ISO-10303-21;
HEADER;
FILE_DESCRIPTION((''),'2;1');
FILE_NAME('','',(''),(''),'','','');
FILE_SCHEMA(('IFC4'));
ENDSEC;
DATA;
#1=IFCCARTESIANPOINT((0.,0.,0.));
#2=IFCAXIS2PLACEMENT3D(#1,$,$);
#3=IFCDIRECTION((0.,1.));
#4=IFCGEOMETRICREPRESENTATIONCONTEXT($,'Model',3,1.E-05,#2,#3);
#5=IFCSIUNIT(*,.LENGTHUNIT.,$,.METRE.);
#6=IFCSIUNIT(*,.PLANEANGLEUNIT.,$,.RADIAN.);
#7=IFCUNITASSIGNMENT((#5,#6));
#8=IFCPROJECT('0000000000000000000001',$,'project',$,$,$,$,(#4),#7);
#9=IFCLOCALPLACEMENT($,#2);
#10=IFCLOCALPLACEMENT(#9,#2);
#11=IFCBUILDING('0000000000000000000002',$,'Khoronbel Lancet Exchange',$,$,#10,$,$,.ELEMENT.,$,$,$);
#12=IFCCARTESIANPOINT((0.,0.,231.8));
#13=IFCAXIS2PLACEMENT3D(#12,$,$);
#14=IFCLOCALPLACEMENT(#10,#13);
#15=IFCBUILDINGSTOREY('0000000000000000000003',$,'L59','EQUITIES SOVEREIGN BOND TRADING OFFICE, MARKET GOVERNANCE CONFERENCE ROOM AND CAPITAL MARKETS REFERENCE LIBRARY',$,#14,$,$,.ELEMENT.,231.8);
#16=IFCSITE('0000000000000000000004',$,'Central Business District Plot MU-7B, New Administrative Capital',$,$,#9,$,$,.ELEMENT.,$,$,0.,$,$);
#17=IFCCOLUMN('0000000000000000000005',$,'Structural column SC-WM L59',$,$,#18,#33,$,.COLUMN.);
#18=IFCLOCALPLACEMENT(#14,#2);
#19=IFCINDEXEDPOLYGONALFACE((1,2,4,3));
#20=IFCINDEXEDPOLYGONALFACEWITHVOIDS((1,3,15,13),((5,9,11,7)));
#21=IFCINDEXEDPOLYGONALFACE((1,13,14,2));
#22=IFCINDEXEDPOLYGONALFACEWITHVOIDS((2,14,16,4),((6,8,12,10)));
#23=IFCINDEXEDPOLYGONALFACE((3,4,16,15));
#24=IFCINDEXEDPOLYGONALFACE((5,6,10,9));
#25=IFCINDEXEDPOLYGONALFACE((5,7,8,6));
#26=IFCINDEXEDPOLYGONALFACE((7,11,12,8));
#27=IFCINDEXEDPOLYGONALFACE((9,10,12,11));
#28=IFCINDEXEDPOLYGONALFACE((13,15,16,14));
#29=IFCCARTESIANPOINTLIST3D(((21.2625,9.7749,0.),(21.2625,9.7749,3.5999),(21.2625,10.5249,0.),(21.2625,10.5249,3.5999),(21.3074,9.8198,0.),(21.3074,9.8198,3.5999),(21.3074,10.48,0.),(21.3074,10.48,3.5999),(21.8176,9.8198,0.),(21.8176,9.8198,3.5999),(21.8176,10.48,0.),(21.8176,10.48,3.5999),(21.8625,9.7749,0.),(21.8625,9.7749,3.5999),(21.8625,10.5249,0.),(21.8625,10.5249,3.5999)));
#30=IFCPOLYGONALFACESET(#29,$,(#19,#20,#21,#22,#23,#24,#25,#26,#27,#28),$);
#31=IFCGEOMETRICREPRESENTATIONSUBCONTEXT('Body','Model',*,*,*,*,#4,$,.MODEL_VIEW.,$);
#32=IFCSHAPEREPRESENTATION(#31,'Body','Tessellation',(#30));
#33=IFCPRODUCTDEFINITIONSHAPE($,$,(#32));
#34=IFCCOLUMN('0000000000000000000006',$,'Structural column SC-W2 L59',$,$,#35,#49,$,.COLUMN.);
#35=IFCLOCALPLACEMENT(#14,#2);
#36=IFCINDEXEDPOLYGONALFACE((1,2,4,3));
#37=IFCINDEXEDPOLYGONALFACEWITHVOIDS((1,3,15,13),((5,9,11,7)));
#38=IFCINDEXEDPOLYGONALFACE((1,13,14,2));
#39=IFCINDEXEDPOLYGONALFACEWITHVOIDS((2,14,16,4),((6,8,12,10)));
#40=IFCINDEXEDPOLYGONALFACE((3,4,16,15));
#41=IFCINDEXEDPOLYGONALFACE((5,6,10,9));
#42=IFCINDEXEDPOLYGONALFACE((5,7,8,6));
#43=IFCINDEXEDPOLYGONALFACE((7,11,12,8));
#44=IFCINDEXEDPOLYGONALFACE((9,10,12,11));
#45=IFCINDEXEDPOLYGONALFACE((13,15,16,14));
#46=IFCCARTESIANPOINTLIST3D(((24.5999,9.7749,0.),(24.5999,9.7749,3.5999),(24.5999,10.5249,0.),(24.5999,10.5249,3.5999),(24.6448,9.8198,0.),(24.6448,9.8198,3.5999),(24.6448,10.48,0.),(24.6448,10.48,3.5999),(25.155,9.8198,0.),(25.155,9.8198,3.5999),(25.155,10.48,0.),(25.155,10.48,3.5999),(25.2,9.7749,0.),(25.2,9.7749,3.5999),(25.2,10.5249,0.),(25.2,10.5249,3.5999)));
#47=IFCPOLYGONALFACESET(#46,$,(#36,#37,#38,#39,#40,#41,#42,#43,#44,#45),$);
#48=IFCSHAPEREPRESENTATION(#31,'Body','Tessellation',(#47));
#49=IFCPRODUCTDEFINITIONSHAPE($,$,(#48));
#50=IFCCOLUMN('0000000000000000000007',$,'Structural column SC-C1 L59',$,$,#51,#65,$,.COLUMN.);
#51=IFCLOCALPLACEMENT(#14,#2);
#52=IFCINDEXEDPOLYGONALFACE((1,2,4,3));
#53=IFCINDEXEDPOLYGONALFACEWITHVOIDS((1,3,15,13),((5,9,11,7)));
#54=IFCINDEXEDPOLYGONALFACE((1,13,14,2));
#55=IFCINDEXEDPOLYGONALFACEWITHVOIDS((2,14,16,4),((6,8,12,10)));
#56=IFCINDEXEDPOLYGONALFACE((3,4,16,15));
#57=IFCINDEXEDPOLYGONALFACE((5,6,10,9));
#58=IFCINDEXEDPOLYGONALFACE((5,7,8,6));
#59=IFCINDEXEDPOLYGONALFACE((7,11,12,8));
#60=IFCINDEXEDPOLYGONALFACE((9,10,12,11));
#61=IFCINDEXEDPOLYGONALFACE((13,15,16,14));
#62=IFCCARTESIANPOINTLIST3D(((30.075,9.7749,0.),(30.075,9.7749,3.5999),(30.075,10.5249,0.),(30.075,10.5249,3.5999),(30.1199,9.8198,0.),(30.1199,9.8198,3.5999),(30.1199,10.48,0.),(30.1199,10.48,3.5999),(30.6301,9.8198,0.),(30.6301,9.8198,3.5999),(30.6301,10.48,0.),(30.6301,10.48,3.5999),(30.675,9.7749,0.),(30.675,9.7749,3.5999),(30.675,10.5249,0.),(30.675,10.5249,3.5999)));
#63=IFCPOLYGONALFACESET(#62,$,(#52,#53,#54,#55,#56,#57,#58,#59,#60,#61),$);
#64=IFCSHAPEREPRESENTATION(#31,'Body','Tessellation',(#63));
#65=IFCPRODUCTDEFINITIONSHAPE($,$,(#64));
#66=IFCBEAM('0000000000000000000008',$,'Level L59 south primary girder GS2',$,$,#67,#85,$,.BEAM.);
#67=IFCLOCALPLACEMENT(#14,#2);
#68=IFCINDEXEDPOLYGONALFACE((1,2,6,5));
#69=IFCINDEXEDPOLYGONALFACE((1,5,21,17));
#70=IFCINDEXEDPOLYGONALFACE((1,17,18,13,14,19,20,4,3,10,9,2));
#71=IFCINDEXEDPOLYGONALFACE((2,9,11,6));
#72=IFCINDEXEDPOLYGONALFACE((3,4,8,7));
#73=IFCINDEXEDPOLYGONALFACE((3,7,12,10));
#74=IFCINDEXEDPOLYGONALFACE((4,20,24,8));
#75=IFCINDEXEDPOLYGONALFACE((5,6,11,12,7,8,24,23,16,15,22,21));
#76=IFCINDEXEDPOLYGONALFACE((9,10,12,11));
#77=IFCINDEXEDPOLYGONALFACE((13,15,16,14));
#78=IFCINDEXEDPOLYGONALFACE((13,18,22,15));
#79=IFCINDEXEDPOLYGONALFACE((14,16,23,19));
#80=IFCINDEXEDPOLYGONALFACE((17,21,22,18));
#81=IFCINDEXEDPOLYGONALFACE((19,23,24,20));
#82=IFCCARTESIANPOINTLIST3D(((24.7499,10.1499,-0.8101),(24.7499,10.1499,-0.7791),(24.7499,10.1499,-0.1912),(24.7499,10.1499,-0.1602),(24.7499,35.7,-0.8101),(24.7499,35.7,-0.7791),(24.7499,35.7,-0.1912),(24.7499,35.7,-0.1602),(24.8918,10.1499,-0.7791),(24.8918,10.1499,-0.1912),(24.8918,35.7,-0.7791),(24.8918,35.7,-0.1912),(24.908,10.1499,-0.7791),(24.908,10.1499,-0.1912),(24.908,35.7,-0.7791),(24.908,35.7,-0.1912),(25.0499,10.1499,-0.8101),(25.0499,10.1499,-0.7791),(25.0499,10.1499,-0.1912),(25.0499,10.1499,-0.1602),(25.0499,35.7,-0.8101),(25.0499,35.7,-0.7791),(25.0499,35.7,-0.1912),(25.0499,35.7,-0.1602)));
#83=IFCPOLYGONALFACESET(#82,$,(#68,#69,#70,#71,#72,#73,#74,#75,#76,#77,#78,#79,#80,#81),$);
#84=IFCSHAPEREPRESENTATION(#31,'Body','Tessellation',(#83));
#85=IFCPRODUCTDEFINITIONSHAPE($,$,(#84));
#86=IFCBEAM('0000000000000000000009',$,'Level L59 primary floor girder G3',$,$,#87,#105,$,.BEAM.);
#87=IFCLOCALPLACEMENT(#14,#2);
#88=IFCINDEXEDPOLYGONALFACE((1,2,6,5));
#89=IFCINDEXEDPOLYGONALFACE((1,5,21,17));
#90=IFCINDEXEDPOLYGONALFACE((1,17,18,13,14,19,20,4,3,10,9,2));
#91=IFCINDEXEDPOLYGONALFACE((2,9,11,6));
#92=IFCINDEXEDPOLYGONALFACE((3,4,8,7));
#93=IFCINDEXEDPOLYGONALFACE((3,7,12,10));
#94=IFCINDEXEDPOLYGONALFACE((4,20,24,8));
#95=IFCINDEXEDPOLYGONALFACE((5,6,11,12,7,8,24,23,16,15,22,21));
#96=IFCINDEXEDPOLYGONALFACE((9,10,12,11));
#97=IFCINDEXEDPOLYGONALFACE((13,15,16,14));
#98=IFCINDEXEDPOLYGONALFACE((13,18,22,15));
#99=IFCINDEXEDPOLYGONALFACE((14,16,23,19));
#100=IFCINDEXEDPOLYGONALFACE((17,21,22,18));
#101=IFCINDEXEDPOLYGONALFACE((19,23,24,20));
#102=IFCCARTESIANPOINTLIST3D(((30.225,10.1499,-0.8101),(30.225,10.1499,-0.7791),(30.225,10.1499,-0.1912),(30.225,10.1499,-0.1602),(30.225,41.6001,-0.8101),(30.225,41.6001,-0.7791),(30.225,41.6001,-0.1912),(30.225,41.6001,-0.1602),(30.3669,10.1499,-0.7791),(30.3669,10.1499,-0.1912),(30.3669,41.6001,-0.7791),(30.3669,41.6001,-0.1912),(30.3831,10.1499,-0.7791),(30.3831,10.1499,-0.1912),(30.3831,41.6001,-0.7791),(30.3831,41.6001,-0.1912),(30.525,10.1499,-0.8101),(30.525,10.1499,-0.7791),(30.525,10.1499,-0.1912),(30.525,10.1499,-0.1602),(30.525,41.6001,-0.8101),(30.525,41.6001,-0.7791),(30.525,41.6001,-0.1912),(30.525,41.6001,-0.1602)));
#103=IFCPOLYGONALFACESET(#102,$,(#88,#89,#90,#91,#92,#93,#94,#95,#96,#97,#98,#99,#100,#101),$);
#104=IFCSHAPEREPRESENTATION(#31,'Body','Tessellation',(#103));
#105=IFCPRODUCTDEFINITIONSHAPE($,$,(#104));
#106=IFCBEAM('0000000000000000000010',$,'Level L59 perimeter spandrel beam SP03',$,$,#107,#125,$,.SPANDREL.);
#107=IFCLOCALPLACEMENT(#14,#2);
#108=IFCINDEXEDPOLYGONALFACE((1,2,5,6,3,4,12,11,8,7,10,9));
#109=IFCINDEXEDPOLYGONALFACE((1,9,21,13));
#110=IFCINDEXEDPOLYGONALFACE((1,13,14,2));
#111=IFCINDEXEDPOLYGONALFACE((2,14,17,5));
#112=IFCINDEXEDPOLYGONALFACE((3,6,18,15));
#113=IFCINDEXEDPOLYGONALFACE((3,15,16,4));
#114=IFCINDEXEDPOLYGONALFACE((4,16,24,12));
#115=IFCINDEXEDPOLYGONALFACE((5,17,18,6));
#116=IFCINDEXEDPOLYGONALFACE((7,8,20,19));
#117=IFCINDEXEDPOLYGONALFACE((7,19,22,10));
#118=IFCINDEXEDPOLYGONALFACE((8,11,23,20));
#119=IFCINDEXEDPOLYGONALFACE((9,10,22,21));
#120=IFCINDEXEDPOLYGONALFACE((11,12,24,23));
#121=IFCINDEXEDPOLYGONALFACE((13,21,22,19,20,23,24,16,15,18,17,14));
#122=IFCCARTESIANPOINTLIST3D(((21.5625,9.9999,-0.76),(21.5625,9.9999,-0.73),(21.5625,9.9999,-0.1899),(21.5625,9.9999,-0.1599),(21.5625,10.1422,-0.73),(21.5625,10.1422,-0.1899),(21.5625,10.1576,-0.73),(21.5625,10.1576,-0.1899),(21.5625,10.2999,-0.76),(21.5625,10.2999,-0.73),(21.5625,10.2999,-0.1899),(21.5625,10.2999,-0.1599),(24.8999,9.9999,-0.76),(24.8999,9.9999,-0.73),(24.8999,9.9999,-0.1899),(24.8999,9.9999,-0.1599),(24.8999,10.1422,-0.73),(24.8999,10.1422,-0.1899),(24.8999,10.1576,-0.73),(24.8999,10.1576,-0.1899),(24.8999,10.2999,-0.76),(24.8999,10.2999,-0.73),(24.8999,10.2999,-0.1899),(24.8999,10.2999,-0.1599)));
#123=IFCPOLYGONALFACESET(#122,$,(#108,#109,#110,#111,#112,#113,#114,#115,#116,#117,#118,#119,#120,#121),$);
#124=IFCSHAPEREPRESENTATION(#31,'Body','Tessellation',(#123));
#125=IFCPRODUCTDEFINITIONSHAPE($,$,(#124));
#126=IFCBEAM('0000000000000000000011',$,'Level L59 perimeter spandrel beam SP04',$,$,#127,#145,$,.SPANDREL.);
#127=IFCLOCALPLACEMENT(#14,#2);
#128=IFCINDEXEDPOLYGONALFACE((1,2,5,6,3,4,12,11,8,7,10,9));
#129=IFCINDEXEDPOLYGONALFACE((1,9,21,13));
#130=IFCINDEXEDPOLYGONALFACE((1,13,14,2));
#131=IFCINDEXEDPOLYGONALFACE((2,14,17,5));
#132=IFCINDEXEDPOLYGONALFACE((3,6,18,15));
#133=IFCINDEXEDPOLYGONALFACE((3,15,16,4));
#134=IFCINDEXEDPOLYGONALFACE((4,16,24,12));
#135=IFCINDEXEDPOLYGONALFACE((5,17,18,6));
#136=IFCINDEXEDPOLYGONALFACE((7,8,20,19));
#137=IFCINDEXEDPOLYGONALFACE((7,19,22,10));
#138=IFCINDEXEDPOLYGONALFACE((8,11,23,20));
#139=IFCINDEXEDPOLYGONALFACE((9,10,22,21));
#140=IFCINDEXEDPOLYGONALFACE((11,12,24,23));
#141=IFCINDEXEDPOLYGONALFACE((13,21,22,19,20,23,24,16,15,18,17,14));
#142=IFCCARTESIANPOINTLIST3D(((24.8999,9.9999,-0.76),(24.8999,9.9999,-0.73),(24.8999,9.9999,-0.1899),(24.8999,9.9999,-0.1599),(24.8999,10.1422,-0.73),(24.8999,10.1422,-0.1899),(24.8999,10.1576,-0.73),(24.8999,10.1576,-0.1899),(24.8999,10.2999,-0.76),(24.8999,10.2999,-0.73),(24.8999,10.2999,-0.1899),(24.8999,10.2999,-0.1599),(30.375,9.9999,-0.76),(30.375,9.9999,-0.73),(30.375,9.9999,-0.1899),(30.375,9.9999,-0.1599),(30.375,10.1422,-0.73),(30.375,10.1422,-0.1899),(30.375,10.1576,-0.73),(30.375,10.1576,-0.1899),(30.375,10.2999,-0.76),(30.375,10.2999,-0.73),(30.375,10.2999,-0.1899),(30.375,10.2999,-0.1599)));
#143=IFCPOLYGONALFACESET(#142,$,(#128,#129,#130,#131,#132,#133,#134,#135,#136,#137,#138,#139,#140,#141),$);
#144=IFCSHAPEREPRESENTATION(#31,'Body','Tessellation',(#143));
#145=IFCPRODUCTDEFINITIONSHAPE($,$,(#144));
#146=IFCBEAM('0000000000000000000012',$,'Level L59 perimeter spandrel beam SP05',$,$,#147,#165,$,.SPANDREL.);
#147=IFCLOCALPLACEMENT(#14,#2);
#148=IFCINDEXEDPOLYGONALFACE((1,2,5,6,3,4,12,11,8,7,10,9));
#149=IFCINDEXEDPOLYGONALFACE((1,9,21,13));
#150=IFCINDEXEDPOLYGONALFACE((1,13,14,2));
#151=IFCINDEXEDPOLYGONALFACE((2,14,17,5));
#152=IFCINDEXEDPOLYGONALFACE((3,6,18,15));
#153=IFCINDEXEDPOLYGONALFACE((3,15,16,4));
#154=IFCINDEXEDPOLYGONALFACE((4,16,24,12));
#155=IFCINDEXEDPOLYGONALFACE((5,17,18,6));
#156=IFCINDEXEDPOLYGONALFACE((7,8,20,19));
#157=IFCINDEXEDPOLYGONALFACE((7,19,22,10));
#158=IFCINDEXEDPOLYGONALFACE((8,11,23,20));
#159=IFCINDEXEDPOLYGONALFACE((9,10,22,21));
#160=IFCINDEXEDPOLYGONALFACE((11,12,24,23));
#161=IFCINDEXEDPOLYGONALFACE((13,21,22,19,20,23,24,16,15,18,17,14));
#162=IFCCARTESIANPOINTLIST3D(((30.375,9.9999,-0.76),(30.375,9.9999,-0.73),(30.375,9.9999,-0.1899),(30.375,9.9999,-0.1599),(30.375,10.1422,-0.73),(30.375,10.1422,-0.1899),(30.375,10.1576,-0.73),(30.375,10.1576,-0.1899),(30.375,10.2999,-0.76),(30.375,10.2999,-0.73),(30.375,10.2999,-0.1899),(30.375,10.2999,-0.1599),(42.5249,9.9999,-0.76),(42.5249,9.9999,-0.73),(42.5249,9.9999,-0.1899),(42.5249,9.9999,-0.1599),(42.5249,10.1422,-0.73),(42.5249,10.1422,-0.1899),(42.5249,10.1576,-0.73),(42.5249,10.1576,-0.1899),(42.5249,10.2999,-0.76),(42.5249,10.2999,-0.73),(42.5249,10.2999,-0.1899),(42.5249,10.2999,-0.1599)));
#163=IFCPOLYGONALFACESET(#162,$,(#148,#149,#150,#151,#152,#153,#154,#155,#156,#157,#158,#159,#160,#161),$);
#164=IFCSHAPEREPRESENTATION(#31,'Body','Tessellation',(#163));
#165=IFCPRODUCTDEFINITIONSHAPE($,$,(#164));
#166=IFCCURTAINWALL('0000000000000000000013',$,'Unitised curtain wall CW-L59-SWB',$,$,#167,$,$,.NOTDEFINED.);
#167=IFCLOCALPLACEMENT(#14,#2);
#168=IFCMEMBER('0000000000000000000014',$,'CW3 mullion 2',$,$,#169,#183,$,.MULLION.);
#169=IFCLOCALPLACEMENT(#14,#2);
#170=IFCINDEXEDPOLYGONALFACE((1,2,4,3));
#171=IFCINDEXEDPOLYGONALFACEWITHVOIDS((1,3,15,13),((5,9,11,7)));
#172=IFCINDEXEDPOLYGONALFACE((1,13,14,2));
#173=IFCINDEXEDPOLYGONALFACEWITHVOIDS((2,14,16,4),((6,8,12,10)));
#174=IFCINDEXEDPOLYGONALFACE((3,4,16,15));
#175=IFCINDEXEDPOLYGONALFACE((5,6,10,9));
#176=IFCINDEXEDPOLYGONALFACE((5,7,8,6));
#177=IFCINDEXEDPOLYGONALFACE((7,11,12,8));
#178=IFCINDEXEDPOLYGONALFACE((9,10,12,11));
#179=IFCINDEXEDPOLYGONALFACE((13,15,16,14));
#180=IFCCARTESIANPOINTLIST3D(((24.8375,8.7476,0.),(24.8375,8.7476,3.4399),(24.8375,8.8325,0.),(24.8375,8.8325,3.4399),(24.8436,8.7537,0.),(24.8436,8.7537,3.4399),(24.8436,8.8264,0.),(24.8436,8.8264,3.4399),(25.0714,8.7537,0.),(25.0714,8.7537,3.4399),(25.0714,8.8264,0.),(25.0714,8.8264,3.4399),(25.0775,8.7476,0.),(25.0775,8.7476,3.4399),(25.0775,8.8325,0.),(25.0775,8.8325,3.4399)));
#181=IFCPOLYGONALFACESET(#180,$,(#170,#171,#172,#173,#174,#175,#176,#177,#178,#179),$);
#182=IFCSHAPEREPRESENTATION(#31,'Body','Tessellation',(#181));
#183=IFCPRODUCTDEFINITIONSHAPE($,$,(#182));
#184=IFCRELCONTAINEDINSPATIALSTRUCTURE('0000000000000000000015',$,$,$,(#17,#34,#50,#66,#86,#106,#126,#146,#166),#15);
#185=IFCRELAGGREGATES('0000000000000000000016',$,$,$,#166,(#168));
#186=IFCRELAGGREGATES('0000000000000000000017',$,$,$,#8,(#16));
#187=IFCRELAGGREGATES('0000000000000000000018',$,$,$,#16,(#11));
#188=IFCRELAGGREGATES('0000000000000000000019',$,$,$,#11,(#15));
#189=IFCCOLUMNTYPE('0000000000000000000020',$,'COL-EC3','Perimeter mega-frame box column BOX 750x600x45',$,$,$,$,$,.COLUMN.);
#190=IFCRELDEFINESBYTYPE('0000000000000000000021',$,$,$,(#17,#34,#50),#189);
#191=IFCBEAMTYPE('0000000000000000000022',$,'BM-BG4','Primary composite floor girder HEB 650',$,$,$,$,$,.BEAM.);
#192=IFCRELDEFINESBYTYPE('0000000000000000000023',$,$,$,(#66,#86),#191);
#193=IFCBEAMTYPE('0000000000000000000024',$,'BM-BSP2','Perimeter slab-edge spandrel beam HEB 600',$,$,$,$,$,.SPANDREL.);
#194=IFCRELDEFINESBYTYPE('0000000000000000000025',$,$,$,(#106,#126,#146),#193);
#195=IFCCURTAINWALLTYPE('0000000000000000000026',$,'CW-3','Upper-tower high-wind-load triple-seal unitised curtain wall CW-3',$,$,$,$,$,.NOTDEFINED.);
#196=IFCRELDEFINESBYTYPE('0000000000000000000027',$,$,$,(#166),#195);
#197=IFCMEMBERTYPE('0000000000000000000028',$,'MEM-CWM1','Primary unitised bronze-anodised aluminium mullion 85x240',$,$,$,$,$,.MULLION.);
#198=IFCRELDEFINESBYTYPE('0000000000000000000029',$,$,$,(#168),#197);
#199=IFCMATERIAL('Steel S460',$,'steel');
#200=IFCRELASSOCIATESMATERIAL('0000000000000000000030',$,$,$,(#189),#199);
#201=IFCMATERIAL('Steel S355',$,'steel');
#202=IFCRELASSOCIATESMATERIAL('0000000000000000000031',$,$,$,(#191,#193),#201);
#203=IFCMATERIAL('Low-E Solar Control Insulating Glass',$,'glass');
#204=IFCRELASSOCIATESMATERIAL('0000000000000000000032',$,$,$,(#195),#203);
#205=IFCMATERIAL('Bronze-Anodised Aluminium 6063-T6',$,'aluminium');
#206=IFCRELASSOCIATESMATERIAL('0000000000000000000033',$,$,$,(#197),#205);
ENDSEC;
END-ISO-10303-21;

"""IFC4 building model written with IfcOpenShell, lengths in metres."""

from ifc_helpers import new_model, si_unit, direction, frame, origin, origin_2d, place, context, subcontext, project, spatial, hollow_rectangle, i_section, extrude, material, material_profile, profile_set, type_object, element, aggregate, save


model = new_model("IFC4")

# Units and contexts
model_context = context("Model", 3, precision=1e-05, world=origin(), true_north=direction((0.0, 1.0)))
body_context = subcontext(model_context, "Body", "Model", "MODEL_VIEW")
ifc_project = project(units=[si_unit("LENGTHUNIT", "METRE"), si_unit("PLANEANGLEUNIT", "RADIAN")], contexts=[model_context])

# Site, building, storey
site_placement = place(None, origin())
site = spatial("IfcSite", under=ifc_project, at=site_placement, Name="Central Business District Plot MU-7B, New Administrative Capital", CompositionType="ELEMENT", RefElevation=0.0)
building_placement = place(site_placement, origin())
building = spatial("IfcBuilding", under=site, at=building_placement, Name="Khoronbel Lancet Exchange", CompositionType="ELEMENT")
storey_placement = place(building_placement, frame((0.0, 0.0, 231.8)))
storey = spatial("IfcBuildingStorey", under=building, at=storey_placement, Name="L59", Description="EQUITIES SOVEREIGN BOND TRADING OFFICE, MARKET GOVERNANCE CONFERENCE ROOM AND CAPITAL MARKETS REFERENCE LIBRARY", CompositionType="ELEMENT", Elevation=231.8)

# Columns
ifc_material_1 = material(Name="Steel S460", Category="steel")
ifc_material_profile_1 = material_profile(ifc_material_1, hollow_rectangle(XDim=0.6001, YDim=0.75, WallThickness=0.0449, at=origin_2d()), Name="BOX 750x600x45")
ifc_profile_set_1 = profile_set([ifc_material_profile_1], Name="Steel S460")
column_type = type_object("IfcColumnType", Name="COL-EC3", Description="Perimeter mega-frame box column BOX 750x600x45", PredefinedType="COLUMN", material=ifc_profile_set_1)
for number, where, z_axis, x_axis, name in (
    (1, (21.5625, 10.1499, 0.0), (0.0, 0.0, 1.0), (1.0, 0.0, 0.0), "Structural column SC-WM L59"),
    (2, (24.8999, 10.1499, 0.0), (0.0, 0.0, 1.0), (1.0, 0.0, 0.0), "Structural column SC-W2 L59"),
    (3, (30.375, 10.1499, 0.0), (0.0, 0.0, 1.0), (1.0, 0.0, 0.0), "Structural column SC-C1 L59"),
):
    element("IfcColumn", number, at=place(storey_placement, frame(where, z_axis=z_axis, x_axis=x_axis)), inside=storey, type_object=column_type, Name=name, PredefinedType="COLUMN", context=body_context, shape_type="SweptSolid", body=[
        extrude(hollow_rectangle(XDim=0.6001, YDim=0.75, WallThickness=0.0449, at=origin_2d()), origin(), (0.0, 0.0, 1.0), 3.5999),
    ])

# Beams
ifc_material_2 = material(Name="Steel S355", Category="steel")
ifc_material_profile_2 = material_profile(ifc_material_2, i_section(OverallWidth=0.3, OverallDepth=0.6499, WebThickness=0.0161, FlangeThickness=0.031, at=origin_2d()), Name="HEB 650")
ifc_profile_set_2 = profile_set([ifc_material_profile_2], Name="Steel S355")
beam_type_1 = type_object("IfcBeamType", Name="BM-BG4", Description="Primary composite floor girder HEB 650", PredefinedType="BEAM", material=ifc_profile_set_2)
beam_1_placement = place(storey_placement, frame((24.8999, 10.1499, -0.4851), z_axis=(0.0, 1.0, 0.0), x_axis=(-1.0, 0.0, 0.0)))
element("IfcBeam", 4, at=beam_1_placement, inside=storey, type_object=beam_type_1, Name="Level L59 south primary girder GS2", PredefinedType="BEAM", context=body_context, shape_type="SweptSolid", body=[
    extrude(i_section(OverallWidth=0.3, OverallDepth=0.6499, WebThickness=0.0161, FlangeThickness=0.031, at=origin_2d()), origin(), (0.0, 0.0, 1.0), 25.55),
])
beam_2_placement = place(storey_placement, frame((30.375, 10.1499, -0.4851), z_axis=(0.0, 1.0, 0.0), x_axis=(-1.0, 0.0, 0.0)))
element("IfcBeam", 5, at=beam_2_placement, inside=storey, type_object=beam_type_1, Name="Level L59 primary floor girder G3", PredefinedType="BEAM", context=body_context, shape_type="SweptSolid", body=[
    extrude(i_section(OverallWidth=0.3, OverallDepth=0.6499, WebThickness=0.0161, FlangeThickness=0.031, at=origin_2d()), origin(), (0.0, 0.0, 1.0), 31.4502),
])
ifc_material_profile_3 = material_profile(ifc_material_2, i_section(OverallWidth=0.3, OverallDepth=0.6001, WebThickness=0.0154, FlangeThickness=0.03, at=origin_2d()), Name="HEB 600")
ifc_profile_set_3 = profile_set([ifc_material_profile_3], Name="Steel S355")
beam_type_2 = type_object("IfcBeamType", Name="BM-BSP2", Description="Perimeter slab-edge spandrel beam HEB 600", PredefinedType="SPANDREL", material=ifc_profile_set_3)
beam_3_placement = place(storey_placement, frame((21.5625, 10.1499, -0.46), z_axis=(1.0, 0.0, 0.0), x_axis=(0.0, 1.0, 0.0)))
element("IfcBeam", 6, at=beam_3_placement, inside=storey, type_object=beam_type_2, Name="Level L59 perimeter spandrel beam SP03", PredefinedType="SPANDREL", context=body_context, shape_type="SweptSolid", body=[
    extrude(i_section(OverallWidth=0.3, OverallDepth=0.6001, WebThickness=0.0154, FlangeThickness=0.03, at=origin_2d()), origin(), (0.0, 0.0, 1.0), 3.3374),
])
beam_4_placement = place(storey_placement, frame((24.8999, 10.1499, -0.46), z_axis=(1.0, 0.0, 0.0), x_axis=(0.0, 1.0, 0.0)))
element("IfcBeam", 7, at=beam_4_placement, inside=storey, type_object=beam_type_2, Name="Level L59 perimeter spandrel beam SP04", PredefinedType="SPANDREL", context=body_context, shape_type="SweptSolid", body=[
    extrude(i_section(OverallWidth=0.3, OverallDepth=0.6001, WebThickness=0.0154, FlangeThickness=0.03, at=origin_2d()), origin(), (0.0, 0.0, 1.0), 5.4751),
])
beam_5_placement = place(storey_placement, frame((30.375, 10.1499, -0.46), z_axis=(1.0, 0.0, 0.0), x_axis=(0.0, 1.0, 0.0)))
element("IfcBeam", 8, at=beam_5_placement, inside=storey, type_object=beam_type_2, Name="Level L59 perimeter spandrel beam SP05", PredefinedType="SPANDREL", context=body_context, shape_type="SweptSolid", body=[
    extrude(i_section(OverallWidth=0.3, OverallDepth=0.6001, WebThickness=0.0154, FlangeThickness=0.03, at=origin_2d()), origin(), (0.0, 0.0, 1.0), 12.1499),
])

# Curtain wall, member
ifc_material_3 = material(Name="Low-E Solar Control Insulating Glass", Category="glass")
curtain_wall_type = type_object("IfcCurtainWallType", Name="CW-3", Description="Upper-tower high-wind-load triple-seal unitised curtain wall CW-3", PredefinedType="NOTDEFINED", material=ifc_material_3)
curtain_wall_1_placement = place(storey_placement, origin())
curtain_wall_1 = element("IfcCurtainWall", 9, at=curtain_wall_1_placement, inside=storey, type_object=curtain_wall_type, Name="Unitised curtain wall CW-L59-SWB", PredefinedType="NOTDEFINED")
ifc_material_4 = material(Name="Bronze-Anodised Aluminium 6063-T6", Category="aluminium")
ifc_material_profile_4 = material_profile(ifc_material_4, hollow_rectangle(XDim=0.085, YDim=0.24, WallThickness=0.0061, at=origin_2d()), Name="ALU MULLION 85x240")
ifc_profile_set_4 = profile_set([ifc_material_profile_4], Name="Bronze-Anodised Aluminium 6063-T6")
member_type_1 = type_object("IfcMemberType", Name="MEM-CWM1", Description="Primary unitised bronze-anodised aluminium mullion 85x240", PredefinedType="MULLION", material=ifc_profile_set_4)
member_1_placement = place(storey_placement, frame((24.9575, 8.79, 0.0), z_axis=(0.0, 0.0, 1.0), x_axis=(0.0, 1.0, 0.0)))
member_1 = element("IfcMember", 10, at=member_1_placement, type_object=member_type_1, Name="CW3 mullion 2", PredefinedType="MULLION", context=body_context, shape_type="SweptSolid", body=[
    extrude(hollow_rectangle(XDim=0.085, YDim=0.24, WallThickness=0.0061, at=origin_2d()), origin(), (0.0, 0.0, 1.0), 3.4399),
])

aggregate(curtain_wall_1, [member_1])

save(model, "model.ifc")
